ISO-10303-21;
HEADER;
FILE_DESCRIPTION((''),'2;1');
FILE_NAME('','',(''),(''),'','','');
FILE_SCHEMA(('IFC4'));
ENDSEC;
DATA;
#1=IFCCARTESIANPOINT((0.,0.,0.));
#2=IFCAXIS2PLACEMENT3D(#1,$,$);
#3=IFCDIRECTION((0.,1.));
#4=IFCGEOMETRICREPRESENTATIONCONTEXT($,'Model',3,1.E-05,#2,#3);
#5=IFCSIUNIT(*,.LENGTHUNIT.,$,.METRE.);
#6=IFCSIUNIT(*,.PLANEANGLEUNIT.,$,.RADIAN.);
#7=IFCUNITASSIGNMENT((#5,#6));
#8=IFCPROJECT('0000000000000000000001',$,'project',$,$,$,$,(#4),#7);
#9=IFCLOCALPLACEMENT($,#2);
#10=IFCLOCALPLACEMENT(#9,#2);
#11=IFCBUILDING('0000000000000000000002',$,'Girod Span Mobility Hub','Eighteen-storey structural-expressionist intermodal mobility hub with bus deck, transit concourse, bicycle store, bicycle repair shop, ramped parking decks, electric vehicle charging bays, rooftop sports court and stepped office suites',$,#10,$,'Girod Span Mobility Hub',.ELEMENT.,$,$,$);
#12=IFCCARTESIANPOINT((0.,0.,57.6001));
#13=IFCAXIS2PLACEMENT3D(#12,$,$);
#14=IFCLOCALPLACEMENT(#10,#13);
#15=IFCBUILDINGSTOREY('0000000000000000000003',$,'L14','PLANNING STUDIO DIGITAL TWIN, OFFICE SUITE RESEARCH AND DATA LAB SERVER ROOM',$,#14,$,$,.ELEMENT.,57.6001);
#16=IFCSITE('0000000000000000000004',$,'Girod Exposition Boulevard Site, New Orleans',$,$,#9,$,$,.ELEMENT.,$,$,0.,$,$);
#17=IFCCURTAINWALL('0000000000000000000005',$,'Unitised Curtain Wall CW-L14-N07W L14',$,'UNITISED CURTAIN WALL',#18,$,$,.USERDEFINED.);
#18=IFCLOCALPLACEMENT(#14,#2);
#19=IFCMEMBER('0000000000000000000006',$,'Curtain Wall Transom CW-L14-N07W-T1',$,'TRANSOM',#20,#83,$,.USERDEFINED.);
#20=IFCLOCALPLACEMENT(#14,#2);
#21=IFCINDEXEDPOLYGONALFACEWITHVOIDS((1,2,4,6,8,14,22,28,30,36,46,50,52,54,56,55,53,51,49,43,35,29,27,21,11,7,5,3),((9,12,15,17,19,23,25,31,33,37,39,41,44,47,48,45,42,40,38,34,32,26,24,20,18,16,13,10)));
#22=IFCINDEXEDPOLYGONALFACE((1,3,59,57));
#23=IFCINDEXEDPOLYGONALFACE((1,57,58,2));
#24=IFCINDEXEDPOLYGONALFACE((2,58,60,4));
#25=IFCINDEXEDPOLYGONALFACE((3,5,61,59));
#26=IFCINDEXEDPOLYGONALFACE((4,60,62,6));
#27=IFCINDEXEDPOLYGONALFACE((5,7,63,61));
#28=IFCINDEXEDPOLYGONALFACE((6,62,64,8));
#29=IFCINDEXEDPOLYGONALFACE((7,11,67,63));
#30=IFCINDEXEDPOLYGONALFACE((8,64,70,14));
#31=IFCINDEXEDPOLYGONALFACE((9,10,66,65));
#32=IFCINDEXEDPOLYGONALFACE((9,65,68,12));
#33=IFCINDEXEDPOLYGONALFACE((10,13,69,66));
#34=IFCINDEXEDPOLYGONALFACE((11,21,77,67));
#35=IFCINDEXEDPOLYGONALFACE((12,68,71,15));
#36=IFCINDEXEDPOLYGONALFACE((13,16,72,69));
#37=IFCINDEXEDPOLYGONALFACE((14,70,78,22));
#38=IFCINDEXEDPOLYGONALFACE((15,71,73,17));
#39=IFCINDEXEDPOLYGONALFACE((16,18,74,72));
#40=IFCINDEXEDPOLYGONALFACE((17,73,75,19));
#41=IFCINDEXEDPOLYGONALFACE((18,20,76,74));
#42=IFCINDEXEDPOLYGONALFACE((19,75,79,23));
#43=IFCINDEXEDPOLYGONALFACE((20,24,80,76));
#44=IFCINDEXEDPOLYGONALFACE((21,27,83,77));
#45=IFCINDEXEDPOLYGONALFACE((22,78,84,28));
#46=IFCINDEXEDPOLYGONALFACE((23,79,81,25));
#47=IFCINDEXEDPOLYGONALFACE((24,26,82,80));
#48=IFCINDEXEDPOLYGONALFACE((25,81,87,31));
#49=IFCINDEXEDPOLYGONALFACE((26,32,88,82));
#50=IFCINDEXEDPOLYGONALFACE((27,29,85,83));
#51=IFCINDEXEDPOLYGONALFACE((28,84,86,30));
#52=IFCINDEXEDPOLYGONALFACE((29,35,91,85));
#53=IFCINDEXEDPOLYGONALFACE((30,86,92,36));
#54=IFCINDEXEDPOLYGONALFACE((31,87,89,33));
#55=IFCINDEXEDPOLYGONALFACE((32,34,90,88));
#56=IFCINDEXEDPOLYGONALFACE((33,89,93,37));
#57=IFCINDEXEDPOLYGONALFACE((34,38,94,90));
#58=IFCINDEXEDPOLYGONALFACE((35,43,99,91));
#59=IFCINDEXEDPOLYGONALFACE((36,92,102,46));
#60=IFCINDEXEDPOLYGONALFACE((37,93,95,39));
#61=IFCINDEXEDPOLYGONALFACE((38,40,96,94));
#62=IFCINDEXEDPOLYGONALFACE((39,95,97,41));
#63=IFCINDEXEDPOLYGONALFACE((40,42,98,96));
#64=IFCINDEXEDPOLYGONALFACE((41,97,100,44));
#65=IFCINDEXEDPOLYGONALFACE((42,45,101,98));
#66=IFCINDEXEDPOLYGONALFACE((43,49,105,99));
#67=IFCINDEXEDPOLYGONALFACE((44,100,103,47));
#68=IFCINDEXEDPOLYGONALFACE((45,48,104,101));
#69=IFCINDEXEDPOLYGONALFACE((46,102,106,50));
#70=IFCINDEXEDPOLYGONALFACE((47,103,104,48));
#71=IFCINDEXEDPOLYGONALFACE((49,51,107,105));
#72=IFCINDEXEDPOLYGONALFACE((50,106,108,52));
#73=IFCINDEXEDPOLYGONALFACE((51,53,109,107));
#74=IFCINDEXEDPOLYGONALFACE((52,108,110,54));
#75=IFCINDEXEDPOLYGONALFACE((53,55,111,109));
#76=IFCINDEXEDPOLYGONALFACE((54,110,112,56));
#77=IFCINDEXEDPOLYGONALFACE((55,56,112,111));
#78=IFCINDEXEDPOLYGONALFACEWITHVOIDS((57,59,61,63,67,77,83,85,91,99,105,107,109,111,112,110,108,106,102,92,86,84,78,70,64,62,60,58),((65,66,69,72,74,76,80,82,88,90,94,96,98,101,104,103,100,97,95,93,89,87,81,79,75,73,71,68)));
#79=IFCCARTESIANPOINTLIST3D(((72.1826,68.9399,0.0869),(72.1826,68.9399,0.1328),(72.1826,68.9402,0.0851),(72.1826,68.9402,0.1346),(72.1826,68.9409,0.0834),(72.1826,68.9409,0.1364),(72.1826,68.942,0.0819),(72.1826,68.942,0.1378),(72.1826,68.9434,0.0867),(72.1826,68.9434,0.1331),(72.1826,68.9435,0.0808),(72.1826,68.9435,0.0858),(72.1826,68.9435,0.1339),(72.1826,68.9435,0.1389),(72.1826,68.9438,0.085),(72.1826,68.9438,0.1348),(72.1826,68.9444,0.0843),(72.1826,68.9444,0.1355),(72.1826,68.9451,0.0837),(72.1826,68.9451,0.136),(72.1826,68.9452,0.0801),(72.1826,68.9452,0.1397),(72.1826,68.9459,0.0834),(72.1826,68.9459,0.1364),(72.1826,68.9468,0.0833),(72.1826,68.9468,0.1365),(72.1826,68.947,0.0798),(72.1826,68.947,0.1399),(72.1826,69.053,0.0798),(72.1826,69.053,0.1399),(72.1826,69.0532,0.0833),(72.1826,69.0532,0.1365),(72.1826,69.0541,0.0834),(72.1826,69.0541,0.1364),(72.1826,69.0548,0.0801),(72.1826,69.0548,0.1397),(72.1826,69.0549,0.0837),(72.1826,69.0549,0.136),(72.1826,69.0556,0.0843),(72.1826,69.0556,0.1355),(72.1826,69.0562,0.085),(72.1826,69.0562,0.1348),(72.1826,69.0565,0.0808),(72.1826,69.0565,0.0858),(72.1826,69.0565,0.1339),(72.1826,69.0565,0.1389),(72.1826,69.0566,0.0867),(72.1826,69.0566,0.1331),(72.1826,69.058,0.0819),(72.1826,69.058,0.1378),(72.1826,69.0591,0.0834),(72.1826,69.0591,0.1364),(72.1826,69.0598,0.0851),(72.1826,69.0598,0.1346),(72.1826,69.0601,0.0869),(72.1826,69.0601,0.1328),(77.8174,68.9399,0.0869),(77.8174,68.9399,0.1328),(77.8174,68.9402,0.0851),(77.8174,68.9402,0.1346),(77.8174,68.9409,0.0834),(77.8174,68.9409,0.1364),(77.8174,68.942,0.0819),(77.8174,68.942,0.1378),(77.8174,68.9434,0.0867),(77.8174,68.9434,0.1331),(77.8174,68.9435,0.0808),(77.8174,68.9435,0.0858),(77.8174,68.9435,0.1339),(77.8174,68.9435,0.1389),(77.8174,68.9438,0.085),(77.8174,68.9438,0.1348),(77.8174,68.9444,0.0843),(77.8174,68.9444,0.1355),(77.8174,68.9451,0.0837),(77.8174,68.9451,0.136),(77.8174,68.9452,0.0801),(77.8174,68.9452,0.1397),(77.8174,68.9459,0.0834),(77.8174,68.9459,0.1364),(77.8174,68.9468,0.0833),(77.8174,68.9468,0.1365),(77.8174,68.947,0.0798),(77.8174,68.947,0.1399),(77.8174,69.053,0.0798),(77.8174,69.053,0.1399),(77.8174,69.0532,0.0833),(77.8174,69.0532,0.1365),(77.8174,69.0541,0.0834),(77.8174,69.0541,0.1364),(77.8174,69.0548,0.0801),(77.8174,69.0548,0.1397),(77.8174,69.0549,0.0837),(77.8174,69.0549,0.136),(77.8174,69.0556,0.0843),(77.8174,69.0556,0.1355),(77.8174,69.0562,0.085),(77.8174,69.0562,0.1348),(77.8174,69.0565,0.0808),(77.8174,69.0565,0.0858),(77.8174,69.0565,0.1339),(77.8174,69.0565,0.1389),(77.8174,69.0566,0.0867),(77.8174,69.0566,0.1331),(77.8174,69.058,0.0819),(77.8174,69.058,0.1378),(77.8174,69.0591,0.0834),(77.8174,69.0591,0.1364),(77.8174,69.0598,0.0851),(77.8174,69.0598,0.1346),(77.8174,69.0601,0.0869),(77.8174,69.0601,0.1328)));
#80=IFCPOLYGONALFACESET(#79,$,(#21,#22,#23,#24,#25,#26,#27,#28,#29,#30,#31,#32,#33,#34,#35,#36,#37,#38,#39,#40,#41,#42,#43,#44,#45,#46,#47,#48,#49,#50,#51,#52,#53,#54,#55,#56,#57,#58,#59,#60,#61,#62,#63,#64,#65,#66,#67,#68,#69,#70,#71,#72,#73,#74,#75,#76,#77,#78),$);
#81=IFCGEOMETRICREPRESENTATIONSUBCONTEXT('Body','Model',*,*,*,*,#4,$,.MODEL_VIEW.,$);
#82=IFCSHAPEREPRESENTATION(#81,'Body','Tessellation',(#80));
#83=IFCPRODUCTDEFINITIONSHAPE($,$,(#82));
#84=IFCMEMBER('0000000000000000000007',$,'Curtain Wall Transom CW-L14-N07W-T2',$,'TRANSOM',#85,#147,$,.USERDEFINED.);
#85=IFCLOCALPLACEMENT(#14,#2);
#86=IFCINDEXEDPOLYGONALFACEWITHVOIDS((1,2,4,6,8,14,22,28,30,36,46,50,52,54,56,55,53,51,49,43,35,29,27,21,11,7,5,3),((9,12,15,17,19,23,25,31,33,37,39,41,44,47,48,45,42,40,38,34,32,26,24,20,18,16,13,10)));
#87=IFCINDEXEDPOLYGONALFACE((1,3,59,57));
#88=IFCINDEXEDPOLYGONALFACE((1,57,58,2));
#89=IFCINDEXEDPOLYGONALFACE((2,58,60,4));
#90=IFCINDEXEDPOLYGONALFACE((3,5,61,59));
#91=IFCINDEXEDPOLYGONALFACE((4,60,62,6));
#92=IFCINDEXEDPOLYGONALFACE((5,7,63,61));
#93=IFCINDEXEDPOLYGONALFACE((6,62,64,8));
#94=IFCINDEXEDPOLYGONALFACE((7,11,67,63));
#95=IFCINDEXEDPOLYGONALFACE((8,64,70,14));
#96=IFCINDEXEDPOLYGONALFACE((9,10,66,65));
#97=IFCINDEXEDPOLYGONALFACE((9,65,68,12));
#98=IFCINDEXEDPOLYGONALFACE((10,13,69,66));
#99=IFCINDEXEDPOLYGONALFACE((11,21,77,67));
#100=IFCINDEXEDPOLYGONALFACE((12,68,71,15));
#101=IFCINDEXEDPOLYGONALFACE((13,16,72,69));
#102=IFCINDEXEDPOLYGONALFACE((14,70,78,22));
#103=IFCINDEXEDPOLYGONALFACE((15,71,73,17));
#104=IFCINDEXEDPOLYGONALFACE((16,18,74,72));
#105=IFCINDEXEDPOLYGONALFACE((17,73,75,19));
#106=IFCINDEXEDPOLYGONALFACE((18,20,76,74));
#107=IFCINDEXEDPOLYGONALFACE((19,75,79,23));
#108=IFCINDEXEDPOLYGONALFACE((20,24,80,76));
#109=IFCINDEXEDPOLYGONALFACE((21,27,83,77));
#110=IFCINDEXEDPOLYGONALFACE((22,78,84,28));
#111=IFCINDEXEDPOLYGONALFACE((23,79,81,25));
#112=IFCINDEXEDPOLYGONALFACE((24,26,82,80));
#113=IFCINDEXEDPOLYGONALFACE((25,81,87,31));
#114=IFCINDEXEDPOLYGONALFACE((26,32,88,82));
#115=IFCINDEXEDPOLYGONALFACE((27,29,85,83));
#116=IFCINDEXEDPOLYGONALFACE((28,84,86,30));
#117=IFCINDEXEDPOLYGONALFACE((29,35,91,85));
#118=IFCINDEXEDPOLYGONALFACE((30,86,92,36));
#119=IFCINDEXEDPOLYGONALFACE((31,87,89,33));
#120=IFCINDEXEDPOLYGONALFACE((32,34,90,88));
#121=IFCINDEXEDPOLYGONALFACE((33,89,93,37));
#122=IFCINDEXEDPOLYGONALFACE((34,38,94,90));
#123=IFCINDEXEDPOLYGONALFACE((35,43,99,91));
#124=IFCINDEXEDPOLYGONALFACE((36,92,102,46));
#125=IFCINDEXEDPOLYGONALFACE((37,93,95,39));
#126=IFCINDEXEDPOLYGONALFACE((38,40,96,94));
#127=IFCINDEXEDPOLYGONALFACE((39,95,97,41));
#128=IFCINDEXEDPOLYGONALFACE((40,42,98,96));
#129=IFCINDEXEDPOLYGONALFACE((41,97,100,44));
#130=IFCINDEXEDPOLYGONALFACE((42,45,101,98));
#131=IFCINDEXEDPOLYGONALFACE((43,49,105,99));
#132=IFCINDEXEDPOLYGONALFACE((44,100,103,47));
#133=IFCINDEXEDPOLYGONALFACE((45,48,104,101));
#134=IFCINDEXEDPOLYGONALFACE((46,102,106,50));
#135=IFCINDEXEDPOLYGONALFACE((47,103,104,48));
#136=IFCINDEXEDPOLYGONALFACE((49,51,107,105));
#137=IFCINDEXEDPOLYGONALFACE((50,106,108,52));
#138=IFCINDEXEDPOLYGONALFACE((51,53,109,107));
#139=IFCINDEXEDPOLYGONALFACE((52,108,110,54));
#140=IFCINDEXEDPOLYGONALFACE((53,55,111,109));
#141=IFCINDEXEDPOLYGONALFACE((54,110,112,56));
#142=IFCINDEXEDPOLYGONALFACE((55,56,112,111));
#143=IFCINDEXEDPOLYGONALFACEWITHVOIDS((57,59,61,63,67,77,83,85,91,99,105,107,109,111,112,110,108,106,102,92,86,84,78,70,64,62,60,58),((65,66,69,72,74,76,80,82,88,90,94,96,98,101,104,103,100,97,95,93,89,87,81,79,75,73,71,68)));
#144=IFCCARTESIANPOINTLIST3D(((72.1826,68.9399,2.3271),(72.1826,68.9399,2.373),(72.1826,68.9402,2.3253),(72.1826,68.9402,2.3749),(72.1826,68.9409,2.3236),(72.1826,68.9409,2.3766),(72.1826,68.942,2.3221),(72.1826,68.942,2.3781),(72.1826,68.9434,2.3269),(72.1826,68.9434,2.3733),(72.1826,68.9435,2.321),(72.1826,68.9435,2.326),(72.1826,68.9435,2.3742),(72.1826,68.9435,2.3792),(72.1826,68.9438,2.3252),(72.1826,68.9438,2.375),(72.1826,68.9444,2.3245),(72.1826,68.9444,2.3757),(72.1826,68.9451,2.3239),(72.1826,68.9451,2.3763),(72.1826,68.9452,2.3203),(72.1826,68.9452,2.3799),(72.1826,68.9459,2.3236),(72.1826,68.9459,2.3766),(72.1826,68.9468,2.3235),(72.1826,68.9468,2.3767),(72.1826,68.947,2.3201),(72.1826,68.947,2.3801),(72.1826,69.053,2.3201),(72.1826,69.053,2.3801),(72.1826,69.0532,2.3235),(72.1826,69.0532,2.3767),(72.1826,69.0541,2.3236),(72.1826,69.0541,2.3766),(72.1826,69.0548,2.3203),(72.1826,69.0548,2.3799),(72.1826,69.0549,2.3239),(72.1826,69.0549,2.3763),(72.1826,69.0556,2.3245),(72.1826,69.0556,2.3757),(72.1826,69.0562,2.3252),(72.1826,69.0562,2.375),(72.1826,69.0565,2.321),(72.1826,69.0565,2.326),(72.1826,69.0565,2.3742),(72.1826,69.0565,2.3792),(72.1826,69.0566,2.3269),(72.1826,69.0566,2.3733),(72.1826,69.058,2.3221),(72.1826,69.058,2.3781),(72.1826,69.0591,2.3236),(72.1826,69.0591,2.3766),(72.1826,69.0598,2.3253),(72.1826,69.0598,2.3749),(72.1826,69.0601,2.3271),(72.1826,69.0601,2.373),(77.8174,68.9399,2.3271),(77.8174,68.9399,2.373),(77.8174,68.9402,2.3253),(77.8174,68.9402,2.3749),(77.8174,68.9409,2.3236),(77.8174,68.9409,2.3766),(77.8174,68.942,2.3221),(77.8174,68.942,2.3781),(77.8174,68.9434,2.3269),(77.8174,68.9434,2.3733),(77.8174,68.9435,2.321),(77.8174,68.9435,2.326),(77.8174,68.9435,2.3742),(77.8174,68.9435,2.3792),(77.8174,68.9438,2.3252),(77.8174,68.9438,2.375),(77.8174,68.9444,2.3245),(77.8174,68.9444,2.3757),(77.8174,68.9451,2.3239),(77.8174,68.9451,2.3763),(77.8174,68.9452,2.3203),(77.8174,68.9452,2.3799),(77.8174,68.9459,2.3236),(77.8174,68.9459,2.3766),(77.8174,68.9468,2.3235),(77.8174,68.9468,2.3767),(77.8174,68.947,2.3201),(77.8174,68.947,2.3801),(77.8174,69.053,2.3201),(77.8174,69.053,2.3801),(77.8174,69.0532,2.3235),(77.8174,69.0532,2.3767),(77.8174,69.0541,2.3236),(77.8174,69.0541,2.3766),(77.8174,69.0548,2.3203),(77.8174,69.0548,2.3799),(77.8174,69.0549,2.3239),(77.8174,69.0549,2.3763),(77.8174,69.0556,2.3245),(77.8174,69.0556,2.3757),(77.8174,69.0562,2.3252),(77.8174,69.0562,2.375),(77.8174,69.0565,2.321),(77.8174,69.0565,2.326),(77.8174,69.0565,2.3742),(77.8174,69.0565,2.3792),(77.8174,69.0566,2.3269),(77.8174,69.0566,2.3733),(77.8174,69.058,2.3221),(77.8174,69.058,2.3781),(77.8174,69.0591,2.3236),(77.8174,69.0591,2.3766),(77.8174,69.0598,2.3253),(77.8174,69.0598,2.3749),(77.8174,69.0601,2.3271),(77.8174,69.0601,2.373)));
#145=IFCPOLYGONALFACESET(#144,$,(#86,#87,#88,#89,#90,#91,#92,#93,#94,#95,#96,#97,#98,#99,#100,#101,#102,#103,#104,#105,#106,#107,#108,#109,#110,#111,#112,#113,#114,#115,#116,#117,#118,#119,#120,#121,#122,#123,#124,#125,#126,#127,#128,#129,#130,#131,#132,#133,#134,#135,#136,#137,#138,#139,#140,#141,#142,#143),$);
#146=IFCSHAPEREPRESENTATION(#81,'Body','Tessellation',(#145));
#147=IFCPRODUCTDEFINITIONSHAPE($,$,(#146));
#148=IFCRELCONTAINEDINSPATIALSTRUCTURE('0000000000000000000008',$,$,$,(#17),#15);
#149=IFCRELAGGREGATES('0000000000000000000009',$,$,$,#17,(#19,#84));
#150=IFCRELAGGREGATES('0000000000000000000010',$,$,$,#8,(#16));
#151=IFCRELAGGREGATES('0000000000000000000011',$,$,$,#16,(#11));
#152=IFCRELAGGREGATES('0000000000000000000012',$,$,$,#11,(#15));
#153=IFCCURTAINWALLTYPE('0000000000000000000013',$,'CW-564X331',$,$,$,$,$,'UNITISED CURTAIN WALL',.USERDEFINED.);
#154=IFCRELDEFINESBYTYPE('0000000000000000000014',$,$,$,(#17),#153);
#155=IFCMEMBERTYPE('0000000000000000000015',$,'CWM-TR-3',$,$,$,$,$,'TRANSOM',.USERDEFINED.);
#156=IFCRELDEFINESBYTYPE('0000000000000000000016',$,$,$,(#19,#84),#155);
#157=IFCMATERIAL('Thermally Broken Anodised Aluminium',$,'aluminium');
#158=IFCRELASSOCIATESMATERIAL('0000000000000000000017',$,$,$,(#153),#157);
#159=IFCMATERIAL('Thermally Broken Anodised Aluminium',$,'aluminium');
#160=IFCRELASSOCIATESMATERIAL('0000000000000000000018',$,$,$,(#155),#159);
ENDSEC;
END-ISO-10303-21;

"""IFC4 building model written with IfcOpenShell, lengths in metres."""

from ifc_helpers import new_model, si_unit, direction, frame, origin, origin_2d, place, context, subcontext, project, spatial, hollow_rectangle, extrude, material, material_profile, profile_set, type_object, element, aggregate, save


model = new_model("IFC4")

# Units and contexts
model_context = context("Model", 3, precision=1e-05, world=origin(), true_north=direction((0.0, 1.0)))
body_context = subcontext(model_context, "Body", "Model", "MODEL_VIEW")
ifc_project = project(units=[si_unit("LENGTHUNIT", "METRE"), si_unit("PLANEANGLEUNIT", "RADIAN")], contexts=[model_context])

# Site, building, storey
site_placement = place(None, origin())
site = spatial("IfcSite", under=ifc_project, at=site_placement, Name="Girod Exposition Boulevard Site, New Orleans", CompositionType="ELEMENT", RefElevation=0.0)
building_placement = place(site_placement, origin())
building = spatial("IfcBuilding", under=site, at=building_placement, Name="Girod Span Mobility Hub", Description="Eighteen-storey structural-expressionist intermodal mobility hub with bus deck, transit concourse, bicycle store, bicycle repair shop, ramped parking decks, electric vehicle charging bays, rooftop sports court and stepped office suites", LongName="Girod Span Mobility Hub", CompositionType="ELEMENT")
storey_placement = place(building_placement, frame((0.0, 0.0, 57.6001)))
storey = spatial("IfcBuildingStorey", under=building, at=storey_placement, Name="L14", Description="PLANNING STUDIO DIGITAL TWIN, OFFICE SUITE RESEARCH AND DATA LAB SERVER ROOM", CompositionType="ELEMENT", Elevation=57.6001)

# Curtain wall
ifc_material_1 = material(Name="Thermally Broken Anodised Aluminium", Category="aluminium")
curtain_wall_type = type_object("IfcCurtainWallType", Name="CW-564X331", ElementType="UNITISED CURTAIN WALL", PredefinedType="USERDEFINED", material=ifc_material_1)
curtain_wall_1_placement = place(storey_placement, origin())
curtain_wall_1 = element("IfcCurtainWall", 1, at=curtain_wall_1_placement, inside=storey, type_object=curtain_wall_type, Name="Unitised Curtain Wall CW-L14-N07W L14", ObjectType="UNITISED CURTAIN WALL", PredefinedType="USERDEFINED")

# Members
ifc_material_2 = material(Name="Thermally Broken Anodised Aluminium", Category="aluminium")
ifc_material_profile_1 = material_profile(ifc_material_2, hollow_rectangle(XDim=0.1201, YDim=0.0601, WallThickness=0.0034, InnerFilletRadius=0.0034, OuterFilletRadius=0.0071, at=origin_2d()), Name="CW-TR-60X120")
ifc_profile_set_1 = profile_set([ifc_material_profile_1], Name="Thermally Broken Anodised Aluminium")
member_type_1 = type_object("IfcMemberType", Name="CWM-TR-3", ElementType="TRANSOM", PredefinedType="USERDEFINED", material=ifc_profile_set_1)
member_1_placement = place(storey_placement, frame((72.1826, 69.0, 0.1099), z_axis=(1.0, 0.0, 0.0), x_axis=(0.0, 1.0, 0.0)))
member_1 = element("IfcMember", 2, at=member_1_placement, type_object=member_type_1, Name="Curtain Wall Transom CW-L14-N07W-T1", ObjectType="TRANSOM", PredefinedType="USERDEFINED", context=body_context, shape_type="SweptSolid", body=[
    extrude(hollow_rectangle(XDim=0.1201, YDim=0.0601, WallThickness=0.0034, InnerFilletRadius=0.0034, OuterFilletRadius=0.0071, at=origin_2d()), origin(), (0.0, 0.0, 1.0), 5.6348),
])
member_2_placement = place(storey_placement, frame((72.1826, 69.0, 2.3501), z_axis=(1.0, 0.0, 0.0), x_axis=(0.0, 1.0, 0.0)))
member_2 = element("IfcMember", 3, at=member_2_placement, type_object=member_type_1, Name="Curtain Wall Transom CW-L14-N07W-T2", ObjectType="TRANSOM", PredefinedType="USERDEFINED", context=body_context, shape_type="SweptSolid", body=[
    extrude(hollow_rectangle(XDim=0.1201, YDim=0.0601, WallThickness=0.0034, InnerFilletRadius=0.0034, OuterFilletRadius=0.0071, at=origin_2d()), origin(), (0.0, 0.0, 1.0), 5.6348),
])

aggregate(curtain_wall_1, [member_1, member_2])

save(model, "model.ifc")
